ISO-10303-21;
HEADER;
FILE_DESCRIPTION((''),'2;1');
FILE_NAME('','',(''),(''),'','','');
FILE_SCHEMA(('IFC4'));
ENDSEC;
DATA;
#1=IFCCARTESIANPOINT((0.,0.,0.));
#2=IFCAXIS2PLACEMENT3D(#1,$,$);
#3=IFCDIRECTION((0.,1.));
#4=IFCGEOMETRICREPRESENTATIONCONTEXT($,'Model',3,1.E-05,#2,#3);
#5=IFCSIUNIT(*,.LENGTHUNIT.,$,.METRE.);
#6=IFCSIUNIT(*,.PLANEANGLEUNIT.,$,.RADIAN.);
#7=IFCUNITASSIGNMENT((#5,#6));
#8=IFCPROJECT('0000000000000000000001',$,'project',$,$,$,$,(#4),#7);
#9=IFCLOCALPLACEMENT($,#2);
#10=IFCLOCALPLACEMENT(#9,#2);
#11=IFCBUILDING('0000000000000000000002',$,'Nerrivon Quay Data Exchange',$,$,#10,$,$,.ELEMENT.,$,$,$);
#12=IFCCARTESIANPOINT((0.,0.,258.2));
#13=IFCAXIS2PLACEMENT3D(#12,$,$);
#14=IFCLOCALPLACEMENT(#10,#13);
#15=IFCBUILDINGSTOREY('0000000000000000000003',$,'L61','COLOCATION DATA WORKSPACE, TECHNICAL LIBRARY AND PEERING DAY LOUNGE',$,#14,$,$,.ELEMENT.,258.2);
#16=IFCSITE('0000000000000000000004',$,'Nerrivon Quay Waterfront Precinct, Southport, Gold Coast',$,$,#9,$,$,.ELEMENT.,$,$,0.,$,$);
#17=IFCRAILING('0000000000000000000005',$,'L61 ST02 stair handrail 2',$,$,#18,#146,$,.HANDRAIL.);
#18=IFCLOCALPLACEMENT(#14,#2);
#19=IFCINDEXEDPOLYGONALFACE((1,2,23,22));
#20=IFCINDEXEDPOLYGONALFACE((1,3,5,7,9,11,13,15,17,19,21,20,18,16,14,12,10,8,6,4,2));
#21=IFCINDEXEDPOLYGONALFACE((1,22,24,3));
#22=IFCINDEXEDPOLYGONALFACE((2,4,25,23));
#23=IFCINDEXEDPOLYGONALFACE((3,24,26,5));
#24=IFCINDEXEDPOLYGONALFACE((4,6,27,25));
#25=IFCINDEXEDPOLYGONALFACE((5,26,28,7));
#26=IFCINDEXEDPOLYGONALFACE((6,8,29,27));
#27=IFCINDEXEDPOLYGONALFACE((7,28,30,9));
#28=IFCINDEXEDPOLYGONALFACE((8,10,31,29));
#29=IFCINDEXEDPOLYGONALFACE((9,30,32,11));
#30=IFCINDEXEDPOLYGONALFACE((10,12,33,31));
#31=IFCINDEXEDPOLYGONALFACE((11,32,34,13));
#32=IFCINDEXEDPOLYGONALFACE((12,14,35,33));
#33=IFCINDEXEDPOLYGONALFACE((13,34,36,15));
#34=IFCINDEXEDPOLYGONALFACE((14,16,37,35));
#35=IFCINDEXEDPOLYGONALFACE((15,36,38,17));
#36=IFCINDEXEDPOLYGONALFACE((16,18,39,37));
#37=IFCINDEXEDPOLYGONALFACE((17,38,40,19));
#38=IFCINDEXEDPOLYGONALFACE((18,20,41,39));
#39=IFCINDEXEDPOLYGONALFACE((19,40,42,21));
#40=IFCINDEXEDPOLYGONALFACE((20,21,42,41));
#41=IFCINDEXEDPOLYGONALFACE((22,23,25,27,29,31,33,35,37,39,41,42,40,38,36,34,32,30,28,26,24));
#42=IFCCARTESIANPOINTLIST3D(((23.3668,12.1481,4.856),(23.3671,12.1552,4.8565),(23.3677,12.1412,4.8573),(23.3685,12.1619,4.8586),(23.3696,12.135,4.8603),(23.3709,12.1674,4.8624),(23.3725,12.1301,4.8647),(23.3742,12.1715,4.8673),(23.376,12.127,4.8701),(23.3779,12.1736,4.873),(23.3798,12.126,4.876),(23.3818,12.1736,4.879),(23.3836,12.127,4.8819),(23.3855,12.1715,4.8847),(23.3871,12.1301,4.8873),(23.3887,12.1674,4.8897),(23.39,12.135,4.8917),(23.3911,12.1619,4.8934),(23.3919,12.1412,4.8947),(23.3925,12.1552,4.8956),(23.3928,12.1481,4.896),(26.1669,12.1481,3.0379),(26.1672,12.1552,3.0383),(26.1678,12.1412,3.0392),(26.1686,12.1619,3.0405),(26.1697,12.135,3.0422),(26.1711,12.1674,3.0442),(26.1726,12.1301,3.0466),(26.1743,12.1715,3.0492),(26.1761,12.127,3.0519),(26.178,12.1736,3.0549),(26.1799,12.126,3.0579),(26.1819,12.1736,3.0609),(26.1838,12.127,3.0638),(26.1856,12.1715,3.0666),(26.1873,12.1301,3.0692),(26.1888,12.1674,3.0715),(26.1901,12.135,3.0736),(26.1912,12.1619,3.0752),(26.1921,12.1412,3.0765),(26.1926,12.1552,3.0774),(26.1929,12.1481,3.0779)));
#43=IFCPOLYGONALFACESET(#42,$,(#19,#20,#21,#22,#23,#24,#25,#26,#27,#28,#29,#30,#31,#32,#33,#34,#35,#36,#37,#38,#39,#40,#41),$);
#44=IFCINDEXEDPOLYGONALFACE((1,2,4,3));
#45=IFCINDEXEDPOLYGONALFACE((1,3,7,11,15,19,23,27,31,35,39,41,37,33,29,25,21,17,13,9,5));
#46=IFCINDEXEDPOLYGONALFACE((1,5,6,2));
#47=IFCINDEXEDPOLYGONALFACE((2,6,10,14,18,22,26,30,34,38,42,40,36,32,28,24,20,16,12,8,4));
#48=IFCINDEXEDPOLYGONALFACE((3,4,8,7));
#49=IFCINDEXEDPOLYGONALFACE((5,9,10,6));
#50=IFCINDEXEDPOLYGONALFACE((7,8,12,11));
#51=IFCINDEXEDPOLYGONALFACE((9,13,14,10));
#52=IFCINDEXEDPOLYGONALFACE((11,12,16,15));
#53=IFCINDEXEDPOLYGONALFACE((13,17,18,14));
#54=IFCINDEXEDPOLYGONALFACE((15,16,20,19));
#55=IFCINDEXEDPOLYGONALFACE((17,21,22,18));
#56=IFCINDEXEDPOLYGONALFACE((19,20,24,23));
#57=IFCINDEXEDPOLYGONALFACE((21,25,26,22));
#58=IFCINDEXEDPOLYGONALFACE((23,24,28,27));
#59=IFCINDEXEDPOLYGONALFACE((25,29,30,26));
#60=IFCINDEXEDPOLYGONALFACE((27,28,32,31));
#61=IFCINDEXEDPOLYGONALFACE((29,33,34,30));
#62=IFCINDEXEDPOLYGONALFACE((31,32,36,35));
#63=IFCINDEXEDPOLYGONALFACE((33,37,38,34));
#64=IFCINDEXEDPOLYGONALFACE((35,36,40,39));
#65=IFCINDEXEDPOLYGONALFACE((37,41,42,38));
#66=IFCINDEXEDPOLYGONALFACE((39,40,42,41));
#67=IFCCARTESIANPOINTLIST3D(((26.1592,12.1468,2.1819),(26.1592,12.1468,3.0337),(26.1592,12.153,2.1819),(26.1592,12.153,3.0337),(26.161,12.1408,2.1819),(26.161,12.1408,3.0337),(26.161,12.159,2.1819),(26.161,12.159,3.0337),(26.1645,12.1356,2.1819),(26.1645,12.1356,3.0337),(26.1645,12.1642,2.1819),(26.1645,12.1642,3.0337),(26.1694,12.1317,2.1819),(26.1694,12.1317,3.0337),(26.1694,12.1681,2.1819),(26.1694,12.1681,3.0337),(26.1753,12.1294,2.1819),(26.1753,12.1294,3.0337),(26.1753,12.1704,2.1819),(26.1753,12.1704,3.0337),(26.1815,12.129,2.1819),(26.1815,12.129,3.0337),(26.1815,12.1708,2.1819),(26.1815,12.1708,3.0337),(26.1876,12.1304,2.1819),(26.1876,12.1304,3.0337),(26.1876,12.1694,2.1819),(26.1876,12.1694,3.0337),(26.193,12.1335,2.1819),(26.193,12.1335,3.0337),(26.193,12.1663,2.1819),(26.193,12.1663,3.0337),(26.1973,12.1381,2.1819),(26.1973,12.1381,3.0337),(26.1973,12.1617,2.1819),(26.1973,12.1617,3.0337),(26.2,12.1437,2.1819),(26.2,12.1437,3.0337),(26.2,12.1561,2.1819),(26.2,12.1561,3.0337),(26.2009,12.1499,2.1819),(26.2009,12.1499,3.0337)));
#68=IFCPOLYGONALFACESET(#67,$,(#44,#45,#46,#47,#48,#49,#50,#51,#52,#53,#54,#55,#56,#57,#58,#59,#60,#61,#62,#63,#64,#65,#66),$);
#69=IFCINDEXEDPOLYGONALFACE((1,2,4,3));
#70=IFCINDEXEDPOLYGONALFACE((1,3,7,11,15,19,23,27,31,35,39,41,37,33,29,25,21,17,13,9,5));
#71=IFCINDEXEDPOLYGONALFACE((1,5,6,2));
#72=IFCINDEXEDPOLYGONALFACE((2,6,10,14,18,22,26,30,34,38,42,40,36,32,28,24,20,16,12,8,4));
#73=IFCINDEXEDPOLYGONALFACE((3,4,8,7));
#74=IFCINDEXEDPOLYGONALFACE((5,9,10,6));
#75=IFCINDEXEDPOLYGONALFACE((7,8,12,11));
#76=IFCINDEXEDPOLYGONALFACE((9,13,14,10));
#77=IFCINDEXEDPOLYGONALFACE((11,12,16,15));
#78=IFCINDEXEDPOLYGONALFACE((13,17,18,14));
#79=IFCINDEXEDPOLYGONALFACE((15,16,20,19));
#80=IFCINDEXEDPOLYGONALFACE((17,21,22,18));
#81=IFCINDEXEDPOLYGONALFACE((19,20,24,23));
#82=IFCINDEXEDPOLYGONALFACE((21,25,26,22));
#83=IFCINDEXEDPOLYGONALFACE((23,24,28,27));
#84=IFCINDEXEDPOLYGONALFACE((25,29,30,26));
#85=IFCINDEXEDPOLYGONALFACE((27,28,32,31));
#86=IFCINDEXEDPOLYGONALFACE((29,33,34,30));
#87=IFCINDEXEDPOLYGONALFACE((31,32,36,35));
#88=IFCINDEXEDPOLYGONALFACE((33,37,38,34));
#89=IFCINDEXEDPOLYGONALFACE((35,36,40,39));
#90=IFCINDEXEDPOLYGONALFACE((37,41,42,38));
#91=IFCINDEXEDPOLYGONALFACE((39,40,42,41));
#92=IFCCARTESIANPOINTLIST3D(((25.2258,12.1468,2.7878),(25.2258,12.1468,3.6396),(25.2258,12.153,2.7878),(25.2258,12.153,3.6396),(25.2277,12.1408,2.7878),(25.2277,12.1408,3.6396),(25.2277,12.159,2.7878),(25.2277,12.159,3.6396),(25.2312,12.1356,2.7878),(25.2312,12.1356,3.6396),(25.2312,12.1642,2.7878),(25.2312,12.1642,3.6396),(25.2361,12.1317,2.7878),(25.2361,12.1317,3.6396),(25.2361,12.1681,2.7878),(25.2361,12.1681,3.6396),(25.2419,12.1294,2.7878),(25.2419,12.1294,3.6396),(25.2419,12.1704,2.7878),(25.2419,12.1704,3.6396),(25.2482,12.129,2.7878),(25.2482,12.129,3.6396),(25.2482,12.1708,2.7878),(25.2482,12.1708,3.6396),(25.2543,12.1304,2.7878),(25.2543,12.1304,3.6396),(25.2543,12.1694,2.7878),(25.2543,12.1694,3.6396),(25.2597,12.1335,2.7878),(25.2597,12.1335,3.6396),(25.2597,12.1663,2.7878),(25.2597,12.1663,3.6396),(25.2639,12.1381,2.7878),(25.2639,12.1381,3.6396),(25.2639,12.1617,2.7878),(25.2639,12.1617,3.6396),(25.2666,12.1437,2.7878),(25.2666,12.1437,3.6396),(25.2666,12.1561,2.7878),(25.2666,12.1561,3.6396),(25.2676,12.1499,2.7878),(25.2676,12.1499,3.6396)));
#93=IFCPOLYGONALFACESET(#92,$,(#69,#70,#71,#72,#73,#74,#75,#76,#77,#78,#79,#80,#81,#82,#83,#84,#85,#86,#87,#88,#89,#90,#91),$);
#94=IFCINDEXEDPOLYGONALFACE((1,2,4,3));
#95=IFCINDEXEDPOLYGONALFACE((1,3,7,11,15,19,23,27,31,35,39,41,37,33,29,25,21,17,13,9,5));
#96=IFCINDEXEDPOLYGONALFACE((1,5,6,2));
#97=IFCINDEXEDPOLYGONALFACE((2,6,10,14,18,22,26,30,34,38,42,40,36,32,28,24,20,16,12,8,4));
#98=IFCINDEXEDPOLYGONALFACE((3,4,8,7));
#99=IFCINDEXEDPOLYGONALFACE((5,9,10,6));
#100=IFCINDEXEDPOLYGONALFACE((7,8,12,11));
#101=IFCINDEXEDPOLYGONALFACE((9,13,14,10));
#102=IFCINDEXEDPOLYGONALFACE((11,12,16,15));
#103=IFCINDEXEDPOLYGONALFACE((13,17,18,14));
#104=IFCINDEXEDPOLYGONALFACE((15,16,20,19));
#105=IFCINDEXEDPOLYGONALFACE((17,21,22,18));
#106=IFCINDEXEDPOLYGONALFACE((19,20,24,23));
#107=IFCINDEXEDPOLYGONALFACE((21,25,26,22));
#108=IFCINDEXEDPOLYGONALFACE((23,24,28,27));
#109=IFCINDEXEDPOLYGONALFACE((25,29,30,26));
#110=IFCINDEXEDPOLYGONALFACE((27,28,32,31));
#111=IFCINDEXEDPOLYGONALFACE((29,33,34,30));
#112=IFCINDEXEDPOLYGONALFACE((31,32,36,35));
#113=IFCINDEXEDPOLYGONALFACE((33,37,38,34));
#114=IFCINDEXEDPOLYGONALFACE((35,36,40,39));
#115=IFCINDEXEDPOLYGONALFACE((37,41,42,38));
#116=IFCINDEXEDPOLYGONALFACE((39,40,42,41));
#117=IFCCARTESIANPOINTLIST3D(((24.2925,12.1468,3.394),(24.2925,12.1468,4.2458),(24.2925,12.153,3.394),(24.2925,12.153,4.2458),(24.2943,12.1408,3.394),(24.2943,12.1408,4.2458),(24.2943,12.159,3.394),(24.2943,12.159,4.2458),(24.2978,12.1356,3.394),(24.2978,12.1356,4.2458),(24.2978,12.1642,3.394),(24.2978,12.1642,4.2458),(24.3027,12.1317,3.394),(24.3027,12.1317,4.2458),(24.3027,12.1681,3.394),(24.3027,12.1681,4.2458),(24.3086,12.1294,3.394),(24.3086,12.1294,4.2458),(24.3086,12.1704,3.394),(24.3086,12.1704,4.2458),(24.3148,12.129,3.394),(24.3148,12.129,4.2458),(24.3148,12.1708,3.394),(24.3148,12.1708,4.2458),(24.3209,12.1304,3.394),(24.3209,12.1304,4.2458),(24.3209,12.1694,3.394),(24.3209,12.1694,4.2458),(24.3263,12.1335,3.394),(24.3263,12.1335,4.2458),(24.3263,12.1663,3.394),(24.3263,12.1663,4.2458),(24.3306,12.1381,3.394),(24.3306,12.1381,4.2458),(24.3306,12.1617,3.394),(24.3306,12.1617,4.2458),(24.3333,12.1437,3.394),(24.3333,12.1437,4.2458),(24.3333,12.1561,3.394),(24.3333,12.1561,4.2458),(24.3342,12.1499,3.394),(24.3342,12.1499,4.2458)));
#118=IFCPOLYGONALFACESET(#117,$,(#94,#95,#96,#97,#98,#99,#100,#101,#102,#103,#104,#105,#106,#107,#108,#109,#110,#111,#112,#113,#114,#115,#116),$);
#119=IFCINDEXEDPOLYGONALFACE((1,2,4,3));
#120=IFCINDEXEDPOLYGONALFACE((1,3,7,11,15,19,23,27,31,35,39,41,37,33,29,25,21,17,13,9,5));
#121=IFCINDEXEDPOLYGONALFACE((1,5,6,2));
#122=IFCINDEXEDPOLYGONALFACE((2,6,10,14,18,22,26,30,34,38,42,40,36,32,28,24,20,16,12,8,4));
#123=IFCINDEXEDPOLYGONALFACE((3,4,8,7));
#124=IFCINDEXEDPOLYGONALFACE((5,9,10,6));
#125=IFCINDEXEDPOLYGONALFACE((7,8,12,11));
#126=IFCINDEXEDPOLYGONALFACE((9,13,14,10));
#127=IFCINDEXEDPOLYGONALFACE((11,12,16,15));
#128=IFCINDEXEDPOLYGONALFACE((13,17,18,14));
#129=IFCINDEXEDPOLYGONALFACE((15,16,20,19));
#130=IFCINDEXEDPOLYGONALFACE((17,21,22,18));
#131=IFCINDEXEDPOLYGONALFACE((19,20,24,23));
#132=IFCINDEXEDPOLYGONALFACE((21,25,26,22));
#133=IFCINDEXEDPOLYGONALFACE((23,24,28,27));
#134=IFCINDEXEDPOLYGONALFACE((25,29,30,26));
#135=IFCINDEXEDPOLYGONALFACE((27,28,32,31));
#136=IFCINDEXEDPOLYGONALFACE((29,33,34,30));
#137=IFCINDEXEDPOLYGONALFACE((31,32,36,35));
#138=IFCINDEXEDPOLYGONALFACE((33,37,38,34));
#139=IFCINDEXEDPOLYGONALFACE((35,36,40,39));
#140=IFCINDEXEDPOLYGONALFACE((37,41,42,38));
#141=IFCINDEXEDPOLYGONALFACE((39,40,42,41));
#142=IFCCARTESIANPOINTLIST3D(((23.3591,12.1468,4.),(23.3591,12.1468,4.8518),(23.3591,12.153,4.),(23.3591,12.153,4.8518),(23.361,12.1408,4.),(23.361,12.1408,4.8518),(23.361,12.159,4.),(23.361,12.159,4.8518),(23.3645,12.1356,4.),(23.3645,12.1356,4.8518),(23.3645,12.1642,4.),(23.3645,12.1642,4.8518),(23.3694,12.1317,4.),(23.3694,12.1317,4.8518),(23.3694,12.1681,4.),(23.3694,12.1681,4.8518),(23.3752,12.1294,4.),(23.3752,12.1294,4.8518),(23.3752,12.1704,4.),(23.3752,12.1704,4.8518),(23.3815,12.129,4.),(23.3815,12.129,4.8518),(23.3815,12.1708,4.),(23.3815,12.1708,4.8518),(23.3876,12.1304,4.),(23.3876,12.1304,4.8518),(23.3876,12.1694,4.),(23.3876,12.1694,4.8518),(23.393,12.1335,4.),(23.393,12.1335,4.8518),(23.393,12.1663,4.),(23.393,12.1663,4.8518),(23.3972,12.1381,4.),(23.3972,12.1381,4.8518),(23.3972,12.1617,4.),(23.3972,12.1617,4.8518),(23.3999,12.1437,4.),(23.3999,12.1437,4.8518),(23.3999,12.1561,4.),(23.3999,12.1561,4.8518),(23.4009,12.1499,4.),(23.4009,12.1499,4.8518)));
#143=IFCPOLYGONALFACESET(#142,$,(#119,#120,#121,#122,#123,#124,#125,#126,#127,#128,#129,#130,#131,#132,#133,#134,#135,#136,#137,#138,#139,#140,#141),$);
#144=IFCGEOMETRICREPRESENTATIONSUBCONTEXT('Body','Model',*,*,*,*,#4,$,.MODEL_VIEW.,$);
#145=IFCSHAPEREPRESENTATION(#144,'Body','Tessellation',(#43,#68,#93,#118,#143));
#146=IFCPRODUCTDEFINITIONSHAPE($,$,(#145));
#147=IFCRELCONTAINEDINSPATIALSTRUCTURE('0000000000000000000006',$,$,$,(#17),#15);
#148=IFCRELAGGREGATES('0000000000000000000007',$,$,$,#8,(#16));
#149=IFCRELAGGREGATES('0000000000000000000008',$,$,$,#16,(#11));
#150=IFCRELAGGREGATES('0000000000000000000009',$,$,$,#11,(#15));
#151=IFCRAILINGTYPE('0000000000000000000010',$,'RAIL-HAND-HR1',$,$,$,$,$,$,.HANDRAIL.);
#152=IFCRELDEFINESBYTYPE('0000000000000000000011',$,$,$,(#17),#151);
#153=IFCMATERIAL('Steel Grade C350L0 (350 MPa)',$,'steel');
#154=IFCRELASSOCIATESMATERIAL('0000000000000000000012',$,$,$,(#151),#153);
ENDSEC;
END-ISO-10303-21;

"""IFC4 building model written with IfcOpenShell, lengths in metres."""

from ifc_helpers import new_model, si_unit, direction, frame, origin, origin_2d, place, context, subcontext, project, spatial, circle, extrude, material, type_object, element, save


model = new_model("IFC4")

# Units and contexts
model_context = context("Model", 3, precision=1e-05, world=origin(), true_north=direction((0.0, 1.0)))
body_context = subcontext(model_context, "Body", "Model", "MODEL_VIEW")
ifc_project = project(units=[si_unit("LENGTHUNIT", "METRE"), si_unit("PLANEANGLEUNIT", "RADIAN")], contexts=[model_context])

# Site, building, storey
site_placement = place(None, origin())
site = spatial("IfcSite", under=ifc_project, at=site_placement, Name="Nerrivon Quay Waterfront Precinct, Southport, Gold Coast", CompositionType="ELEMENT", RefElevation=0.0)
building_placement = place(site_placement, origin())
building = spatial("IfcBuilding", under=site, at=building_placement, Name="Nerrivon Quay Data Exchange", CompositionType="ELEMENT")
storey_placement = place(building_placement, frame((0.0, 0.0, 258.2)))
storey = spatial("IfcBuildingStorey", under=building, at=storey_placement, Name="L61", Description="COLOCATION DATA WORKSPACE, TECHNICAL LIBRARY AND PEERING DAY LOUNGE", CompositionType="ELEMENT", Elevation=258.2)

# Railing
ifc_material_1 = material(Name="Steel Grade C350L0 (350 MPa)", Category="steel")
railing_type_1 = type_object("IfcRailingType", Name="RAIL-HAND-HR1", PredefinedType="HANDRAIL", material=ifc_material_1)
railing_1_placement = place(storey_placement, frame((26.1799, 12.1499, 2.1819)))
element("IfcRailing", 1, at=railing_1_placement, inside=storey, type_object=railing_type_1, Name="L61 ST02 stair handrail 2", PredefinedType="HANDRAIL", context=body_context, shape_type="SweptSolid", body=[
    extrude(circle(Radius=0.0239, at=origin_2d()), frame((0.0, 0.0, 0.876), z_axis=(-0.838706, 0.0, 0.544585), x_axis=(0.0, -1.0, 0.0)), (0.0, 0.0, 1.0), 3.3386),
    extrude(circle(Radius=0.021, at=origin_2d()), origin(), (0.0, 0.0, 1.0), 0.8518),
    extrude(circle(Radius=0.021, at=origin_2d()), frame((-0.9333, 0.0, 0.606)), (0.0, 0.0, 1.0), 0.8518),
    extrude(circle(Radius=0.021, at=origin_2d()), frame((-1.8667, 0.0, 1.2122)), (0.0, 0.0, 1.0), 0.8518),
    extrude(circle(Radius=0.021, at=origin_2d()), frame((-2.8, 0.0, 1.8181)), (0.0, 0.0, 1.0), 0.8518),
])

save(model, "model.ifc")
